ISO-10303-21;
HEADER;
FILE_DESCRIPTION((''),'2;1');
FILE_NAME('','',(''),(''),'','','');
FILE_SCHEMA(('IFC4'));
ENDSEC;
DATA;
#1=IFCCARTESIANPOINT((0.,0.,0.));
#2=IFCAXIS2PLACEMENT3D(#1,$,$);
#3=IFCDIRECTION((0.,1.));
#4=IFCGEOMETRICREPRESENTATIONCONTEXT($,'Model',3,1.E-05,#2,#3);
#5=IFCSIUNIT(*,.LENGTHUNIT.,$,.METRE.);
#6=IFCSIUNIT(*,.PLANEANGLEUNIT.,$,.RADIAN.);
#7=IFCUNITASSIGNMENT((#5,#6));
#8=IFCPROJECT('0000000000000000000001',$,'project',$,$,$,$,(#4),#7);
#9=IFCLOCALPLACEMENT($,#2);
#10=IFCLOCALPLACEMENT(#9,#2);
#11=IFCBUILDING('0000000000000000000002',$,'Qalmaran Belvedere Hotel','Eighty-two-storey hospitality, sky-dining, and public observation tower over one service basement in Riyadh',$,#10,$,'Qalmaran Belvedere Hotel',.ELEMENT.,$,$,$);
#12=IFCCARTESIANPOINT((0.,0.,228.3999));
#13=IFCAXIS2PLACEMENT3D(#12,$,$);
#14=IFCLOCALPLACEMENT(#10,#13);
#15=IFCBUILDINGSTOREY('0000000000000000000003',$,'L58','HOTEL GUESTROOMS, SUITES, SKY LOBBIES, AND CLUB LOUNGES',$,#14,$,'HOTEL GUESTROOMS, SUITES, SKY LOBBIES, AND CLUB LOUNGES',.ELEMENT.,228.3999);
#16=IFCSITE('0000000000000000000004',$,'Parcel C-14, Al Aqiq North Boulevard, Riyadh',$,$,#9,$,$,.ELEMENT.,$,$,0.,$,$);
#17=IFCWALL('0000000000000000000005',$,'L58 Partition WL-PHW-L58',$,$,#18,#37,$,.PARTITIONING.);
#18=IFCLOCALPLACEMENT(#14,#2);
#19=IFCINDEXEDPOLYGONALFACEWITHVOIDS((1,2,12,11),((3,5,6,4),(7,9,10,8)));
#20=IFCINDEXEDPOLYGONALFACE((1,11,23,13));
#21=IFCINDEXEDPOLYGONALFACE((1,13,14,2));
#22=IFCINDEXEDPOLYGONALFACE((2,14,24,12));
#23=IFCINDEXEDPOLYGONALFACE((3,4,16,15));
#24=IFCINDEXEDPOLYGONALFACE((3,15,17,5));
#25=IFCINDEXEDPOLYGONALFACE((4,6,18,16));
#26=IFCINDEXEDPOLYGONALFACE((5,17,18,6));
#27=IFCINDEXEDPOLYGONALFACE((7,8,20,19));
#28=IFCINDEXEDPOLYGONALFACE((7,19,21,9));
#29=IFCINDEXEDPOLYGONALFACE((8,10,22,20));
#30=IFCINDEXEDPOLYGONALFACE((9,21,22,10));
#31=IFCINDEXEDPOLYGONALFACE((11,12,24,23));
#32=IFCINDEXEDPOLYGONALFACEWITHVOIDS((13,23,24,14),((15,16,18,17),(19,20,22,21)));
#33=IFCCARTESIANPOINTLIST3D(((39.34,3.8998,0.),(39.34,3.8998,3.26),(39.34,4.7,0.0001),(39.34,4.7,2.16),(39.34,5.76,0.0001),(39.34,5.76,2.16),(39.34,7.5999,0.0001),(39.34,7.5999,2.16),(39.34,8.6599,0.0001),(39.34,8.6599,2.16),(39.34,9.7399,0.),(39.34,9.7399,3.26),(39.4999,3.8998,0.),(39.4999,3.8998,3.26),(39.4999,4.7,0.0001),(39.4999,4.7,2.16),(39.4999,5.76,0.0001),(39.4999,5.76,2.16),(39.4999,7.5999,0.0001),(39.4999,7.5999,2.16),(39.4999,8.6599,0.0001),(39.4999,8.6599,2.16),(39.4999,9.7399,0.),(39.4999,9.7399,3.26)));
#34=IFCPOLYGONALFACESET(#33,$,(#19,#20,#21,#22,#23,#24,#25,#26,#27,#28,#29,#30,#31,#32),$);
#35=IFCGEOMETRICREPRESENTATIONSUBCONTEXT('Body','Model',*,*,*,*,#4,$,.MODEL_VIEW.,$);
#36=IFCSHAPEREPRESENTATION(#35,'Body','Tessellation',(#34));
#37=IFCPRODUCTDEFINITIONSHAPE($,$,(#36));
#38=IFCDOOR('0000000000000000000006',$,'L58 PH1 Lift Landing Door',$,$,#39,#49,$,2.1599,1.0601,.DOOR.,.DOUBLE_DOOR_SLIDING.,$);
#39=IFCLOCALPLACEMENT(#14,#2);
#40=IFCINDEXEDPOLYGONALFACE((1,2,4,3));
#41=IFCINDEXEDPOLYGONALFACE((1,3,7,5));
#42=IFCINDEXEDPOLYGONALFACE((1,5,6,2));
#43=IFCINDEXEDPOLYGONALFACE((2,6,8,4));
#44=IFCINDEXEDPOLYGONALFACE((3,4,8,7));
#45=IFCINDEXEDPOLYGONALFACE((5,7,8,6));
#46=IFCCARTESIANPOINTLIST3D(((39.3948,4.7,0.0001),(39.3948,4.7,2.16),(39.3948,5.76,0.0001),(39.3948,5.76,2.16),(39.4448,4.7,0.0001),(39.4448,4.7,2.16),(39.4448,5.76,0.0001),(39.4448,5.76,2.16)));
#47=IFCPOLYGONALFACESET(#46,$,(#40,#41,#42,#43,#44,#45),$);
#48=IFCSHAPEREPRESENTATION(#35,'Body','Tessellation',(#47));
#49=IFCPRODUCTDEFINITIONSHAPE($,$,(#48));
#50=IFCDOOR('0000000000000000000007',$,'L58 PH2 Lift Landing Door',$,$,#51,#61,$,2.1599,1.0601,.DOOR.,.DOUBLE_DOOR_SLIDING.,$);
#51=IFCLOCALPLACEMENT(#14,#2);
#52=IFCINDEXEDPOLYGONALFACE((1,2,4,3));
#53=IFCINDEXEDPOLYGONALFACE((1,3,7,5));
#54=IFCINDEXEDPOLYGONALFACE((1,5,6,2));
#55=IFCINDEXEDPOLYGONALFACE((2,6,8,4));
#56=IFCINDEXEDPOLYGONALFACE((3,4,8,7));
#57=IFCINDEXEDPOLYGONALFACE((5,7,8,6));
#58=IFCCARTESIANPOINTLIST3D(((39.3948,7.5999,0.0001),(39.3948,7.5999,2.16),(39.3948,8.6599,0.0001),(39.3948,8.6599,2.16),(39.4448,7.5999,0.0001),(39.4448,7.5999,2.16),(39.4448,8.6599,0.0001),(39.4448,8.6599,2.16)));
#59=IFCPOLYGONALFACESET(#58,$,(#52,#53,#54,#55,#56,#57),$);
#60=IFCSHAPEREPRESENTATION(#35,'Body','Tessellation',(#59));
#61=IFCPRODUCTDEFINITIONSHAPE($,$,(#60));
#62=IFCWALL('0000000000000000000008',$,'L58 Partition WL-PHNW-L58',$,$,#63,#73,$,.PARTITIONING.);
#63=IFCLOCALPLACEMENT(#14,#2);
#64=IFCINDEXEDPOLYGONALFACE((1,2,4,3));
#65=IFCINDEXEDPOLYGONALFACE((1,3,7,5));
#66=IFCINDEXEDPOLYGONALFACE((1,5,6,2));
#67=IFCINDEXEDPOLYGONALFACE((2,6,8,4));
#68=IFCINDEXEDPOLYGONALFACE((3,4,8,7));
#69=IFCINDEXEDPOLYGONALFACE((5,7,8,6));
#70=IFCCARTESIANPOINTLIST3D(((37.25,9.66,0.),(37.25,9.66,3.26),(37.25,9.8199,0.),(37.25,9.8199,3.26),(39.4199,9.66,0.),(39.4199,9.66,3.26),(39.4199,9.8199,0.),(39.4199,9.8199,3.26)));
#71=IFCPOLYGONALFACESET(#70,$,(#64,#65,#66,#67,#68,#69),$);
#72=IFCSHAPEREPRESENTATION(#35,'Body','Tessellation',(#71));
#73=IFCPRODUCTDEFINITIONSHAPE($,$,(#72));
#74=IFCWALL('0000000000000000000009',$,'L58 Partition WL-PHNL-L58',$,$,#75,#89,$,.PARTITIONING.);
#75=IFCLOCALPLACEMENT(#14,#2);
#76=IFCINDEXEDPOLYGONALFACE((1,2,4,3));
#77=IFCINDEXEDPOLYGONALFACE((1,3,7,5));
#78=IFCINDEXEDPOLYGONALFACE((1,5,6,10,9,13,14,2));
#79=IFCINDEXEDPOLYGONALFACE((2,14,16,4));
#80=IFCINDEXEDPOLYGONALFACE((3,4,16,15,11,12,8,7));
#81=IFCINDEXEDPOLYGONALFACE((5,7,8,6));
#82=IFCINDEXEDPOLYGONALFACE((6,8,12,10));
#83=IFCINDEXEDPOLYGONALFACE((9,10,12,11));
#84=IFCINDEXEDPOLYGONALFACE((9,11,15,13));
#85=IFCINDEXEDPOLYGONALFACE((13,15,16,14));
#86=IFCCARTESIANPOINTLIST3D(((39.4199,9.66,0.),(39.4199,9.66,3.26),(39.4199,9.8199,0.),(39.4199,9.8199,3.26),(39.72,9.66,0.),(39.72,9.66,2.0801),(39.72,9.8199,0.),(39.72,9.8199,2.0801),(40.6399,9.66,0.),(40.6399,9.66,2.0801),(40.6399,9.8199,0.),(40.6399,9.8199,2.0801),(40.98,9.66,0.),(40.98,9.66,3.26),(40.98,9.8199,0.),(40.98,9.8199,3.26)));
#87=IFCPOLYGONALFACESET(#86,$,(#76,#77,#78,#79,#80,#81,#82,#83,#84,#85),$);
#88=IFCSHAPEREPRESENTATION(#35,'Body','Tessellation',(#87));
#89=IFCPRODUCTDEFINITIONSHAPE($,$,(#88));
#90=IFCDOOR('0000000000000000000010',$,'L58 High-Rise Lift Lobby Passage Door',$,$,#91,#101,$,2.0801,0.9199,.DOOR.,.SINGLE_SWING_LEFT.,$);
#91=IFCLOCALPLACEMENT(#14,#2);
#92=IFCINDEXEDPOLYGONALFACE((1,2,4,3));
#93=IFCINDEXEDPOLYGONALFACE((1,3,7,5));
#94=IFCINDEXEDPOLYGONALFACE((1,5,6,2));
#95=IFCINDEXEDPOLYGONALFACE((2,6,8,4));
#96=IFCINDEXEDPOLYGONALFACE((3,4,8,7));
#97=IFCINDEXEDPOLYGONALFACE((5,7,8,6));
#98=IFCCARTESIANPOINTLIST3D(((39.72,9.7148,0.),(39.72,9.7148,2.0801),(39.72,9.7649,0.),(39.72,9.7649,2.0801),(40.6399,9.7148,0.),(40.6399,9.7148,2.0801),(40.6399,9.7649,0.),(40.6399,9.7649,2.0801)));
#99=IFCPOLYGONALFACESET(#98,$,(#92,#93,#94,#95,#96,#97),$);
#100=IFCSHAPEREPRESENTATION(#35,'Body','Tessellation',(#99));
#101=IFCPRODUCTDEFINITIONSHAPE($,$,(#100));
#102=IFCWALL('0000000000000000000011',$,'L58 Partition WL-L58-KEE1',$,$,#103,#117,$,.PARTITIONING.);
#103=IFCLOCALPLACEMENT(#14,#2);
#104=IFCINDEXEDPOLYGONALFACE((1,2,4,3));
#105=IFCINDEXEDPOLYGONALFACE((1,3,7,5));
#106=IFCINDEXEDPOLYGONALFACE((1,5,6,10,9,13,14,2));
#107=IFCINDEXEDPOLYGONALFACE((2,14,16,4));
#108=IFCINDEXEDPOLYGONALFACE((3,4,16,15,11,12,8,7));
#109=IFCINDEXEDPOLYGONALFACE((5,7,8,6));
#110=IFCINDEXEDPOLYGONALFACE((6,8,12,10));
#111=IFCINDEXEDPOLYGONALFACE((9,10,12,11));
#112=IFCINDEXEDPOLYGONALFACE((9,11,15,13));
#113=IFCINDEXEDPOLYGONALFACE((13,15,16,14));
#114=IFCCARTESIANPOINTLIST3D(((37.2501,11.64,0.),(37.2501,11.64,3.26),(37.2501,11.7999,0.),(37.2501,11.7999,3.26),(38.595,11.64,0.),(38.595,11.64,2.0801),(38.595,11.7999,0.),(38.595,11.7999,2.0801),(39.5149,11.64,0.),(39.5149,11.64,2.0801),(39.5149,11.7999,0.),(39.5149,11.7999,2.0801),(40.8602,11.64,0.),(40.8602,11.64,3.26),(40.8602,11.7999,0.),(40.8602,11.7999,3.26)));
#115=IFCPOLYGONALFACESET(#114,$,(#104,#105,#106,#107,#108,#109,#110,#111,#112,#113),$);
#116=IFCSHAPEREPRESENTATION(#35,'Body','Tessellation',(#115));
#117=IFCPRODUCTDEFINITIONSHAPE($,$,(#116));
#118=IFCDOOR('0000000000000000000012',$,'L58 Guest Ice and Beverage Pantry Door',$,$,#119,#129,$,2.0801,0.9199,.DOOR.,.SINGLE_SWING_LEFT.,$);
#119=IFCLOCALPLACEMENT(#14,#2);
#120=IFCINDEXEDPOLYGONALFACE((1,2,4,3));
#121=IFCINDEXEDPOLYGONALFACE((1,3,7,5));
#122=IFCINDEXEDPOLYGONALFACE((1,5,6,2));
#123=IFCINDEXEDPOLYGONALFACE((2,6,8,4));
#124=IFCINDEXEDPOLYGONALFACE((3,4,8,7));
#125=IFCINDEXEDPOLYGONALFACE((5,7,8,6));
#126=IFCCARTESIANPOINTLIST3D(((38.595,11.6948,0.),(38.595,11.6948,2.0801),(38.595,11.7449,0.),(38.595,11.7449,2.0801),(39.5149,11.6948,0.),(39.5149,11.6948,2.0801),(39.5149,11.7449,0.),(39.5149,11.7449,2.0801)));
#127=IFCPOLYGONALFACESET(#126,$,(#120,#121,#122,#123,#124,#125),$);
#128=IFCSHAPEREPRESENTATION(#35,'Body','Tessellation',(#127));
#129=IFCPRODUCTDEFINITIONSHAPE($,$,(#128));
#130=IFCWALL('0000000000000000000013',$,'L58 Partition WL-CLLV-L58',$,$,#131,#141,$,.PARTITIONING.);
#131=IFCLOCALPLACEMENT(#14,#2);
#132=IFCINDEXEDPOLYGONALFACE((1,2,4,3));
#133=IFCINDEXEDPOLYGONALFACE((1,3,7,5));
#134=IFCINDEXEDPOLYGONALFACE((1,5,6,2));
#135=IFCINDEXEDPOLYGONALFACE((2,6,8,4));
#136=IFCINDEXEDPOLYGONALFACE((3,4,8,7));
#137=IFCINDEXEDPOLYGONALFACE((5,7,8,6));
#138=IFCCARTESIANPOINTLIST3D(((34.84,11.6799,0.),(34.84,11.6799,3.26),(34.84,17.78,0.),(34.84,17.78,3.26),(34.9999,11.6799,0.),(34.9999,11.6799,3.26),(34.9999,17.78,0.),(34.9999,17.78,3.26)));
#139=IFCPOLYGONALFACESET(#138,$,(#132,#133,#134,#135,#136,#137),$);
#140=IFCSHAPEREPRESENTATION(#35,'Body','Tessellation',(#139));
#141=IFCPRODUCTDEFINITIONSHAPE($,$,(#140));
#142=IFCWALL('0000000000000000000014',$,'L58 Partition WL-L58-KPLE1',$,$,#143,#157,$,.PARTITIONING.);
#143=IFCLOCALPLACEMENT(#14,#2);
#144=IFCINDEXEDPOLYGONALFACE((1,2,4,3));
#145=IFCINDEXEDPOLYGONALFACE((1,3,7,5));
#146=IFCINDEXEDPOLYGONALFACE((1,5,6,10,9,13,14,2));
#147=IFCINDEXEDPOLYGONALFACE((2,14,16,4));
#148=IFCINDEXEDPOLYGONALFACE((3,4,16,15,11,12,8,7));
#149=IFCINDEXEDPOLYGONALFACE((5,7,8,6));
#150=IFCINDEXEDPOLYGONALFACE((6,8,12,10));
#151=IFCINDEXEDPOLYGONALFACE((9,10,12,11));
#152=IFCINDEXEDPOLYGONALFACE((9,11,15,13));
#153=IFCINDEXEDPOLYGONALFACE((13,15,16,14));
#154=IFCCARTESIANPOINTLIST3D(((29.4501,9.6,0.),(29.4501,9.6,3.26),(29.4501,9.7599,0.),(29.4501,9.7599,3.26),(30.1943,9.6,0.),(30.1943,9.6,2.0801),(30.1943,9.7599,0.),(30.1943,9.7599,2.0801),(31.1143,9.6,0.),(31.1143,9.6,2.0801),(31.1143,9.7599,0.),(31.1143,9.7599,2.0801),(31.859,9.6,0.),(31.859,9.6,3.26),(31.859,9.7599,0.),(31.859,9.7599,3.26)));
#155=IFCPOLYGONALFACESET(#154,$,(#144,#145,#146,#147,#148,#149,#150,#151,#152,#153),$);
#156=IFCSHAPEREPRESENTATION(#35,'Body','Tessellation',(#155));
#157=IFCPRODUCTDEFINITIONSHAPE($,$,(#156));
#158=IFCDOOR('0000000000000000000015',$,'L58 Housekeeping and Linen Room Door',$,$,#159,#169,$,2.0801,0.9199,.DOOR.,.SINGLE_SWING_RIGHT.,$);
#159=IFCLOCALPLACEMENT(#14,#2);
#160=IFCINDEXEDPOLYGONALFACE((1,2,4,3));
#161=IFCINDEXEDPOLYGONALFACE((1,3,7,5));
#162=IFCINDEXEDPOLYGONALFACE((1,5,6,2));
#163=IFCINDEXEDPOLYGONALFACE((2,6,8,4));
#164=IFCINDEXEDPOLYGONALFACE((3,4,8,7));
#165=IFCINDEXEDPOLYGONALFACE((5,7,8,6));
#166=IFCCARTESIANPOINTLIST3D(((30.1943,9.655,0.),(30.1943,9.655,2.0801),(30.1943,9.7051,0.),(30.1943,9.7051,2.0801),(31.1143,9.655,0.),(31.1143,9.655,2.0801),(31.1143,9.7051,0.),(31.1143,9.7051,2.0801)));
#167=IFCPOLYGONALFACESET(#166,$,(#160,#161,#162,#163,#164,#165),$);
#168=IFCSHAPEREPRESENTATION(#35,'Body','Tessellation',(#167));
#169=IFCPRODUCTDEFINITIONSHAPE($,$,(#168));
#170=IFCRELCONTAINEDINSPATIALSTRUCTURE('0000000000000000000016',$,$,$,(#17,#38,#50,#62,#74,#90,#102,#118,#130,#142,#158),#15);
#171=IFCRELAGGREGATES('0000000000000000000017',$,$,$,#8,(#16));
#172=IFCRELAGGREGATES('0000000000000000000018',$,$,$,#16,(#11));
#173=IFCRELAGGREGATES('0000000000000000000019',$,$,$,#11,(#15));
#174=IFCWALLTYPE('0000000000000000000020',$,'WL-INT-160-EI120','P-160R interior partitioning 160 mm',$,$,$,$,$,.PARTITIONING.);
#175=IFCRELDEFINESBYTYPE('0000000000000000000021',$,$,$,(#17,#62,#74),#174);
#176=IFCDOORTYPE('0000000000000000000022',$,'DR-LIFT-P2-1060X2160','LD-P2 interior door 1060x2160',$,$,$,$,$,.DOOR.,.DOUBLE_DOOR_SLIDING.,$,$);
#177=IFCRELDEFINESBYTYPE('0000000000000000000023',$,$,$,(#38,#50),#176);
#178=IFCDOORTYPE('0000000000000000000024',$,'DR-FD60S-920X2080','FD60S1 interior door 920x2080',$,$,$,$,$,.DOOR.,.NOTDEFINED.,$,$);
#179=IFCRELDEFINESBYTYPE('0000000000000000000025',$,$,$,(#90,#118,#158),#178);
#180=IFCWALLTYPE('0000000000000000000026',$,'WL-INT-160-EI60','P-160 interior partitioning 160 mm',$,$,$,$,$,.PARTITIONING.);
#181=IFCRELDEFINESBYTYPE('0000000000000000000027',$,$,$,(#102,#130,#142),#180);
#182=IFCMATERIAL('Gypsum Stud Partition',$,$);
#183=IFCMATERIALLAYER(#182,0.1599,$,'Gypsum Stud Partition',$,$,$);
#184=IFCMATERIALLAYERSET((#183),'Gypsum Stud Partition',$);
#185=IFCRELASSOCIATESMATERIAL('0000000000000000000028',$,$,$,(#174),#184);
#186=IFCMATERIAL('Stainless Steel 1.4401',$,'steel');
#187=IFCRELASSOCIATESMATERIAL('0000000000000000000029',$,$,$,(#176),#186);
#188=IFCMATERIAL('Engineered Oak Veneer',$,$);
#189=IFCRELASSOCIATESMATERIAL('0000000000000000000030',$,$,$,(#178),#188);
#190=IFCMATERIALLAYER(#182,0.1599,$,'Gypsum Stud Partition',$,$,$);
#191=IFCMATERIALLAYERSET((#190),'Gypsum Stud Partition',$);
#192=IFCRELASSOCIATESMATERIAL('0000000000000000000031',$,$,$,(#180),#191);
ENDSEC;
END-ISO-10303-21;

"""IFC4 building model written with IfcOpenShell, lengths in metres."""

from ifc_helpers import new_model, si_unit, direction, frame, frame_2d, origin, place, context, subcontext, project, spatial, rectangle, extrude, material, layer, layer_set, type_object, element, fill, save


model = new_model("IFC4")

# Units and contexts
model_context = context("Model", 3, precision=1e-05, world=origin(), true_north=direction((0.0, 1.0)))
body_context = subcontext(model_context, "Body", "Model", "MODEL_VIEW")
ifc_project = project(units=[si_unit("LENGTHUNIT", "METRE"), si_unit("PLANEANGLEUNIT", "RADIAN")], contexts=[model_context])

# Site, building, storey
site_placement = place(None, origin())
site = spatial("IfcSite", under=ifc_project, at=site_placement, Name="Parcel C-14, Al Aqiq North Boulevard, Riyadh", CompositionType="ELEMENT", RefElevation=0.0)
building_placement = place(site_placement, origin())
building = spatial("IfcBuilding", under=site, at=building_placement, Name="Qalmaran Belvedere Hotel", Description="Eighty-two-storey hospitality, sky-dining, and public observation tower over one service basement in Riyadh", LongName="Qalmaran Belvedere Hotel", CompositionType="ELEMENT")
storey_placement = place(building_placement, frame((0.0, 0.0, 228.3999)))
storey = spatial("IfcBuildingStorey", under=building, at=storey_placement, Name="L58", Description="HOTEL GUESTROOMS, SUITES, SKY LOBBIES, AND CLUB LOUNGES", LongName="HOTEL GUESTROOMS, SUITES, SKY LOBBIES, AND CLUB LOUNGES", CompositionType="ELEMENT", Elevation=228.3999)

# Shared definitions
ifc_material_1 = material(Name="Gypsum Stud Partition")

# Wall, openings, doors
ifc_layer_1 = layer(ifc_material_1, 0.1599, Name="Gypsum Stud Partition")
ifc_layer_set_1 = layer_set([ifc_layer_1], Name="Gypsum Stud Partition")
wall_type_1 = type_object("IfcWallType", Name="WL-INT-160-EI120", Description="P-160R interior partitioning 160 mm", PredefinedType="PARTITIONING", material=ifc_layer_set_1)
wall_1_placement = place(storey_placement, frame((39.4199, 3.8999, 0.0), z_axis=(0.0, 0.0, 1.0), x_axis=(0.0, 1.0, 0.0)))
wall_1 = element("IfcWall", 1, at=wall_1_placement, inside=storey, type_object=wall_type_1, Name="L58 Partition WL-PHW-L58", PredefinedType="PARTITIONING", context=body_context, shape_type="SweptSolid", body=[
    extrude(rectangle(XDim=5.8401, YDim=0.1599, at=frame_2d((2.9199, 0.0))), origin(), (0.0, 0.0, 1.0), 3.26),
])
opening_1_placement = place(wall_1_placement, frame((1.8601, 0.0, 0.0), z_axis=(0.0, 0.0, 1.0), x_axis=(-1.0, 0.0, 0.0)))
opening_1 = element("IfcOpeningElement", 2, at=opening_1_placement, cuts=wall_1, PredefinedType="OPENING", context=body_context, shape_type="SweptSolid", body=[
    extrude(rectangle(XDim=1.0601, YDim=2.1599, at=frame_2d((0.53, 1.0801))), frame((0.0, 0.0898, 0.0), z_axis=(0.0, -1.0, 0.0), x_axis=(1.0, 0.0, 0.0)), (0.0, 0.0, 1.0), 0.1799),
])
opening_2_placement = place(wall_1_placement, frame((4.76, 0.0, 0.0), z_axis=(0.0, 0.0, 1.0), x_axis=(-1.0, 0.0, 0.0)))
opening_2 = element("IfcOpeningElement", 3, at=opening_2_placement, cuts=wall_1, PredefinedType="OPENING", context=body_context, shape_type="SweptSolid", body=[
    extrude(rectangle(XDim=1.0601, YDim=2.1599, at=frame_2d((0.53, 1.0801))), frame((0.0, 0.0898, 0.0), z_axis=(0.0, -1.0, 0.0), x_axis=(1.0, 0.0, 0.0)), (0.0, 0.0, 1.0), 0.1799),
])
ifc_material_2 = material(Name="Stainless Steel 1.4401", Category="steel")
door_type_1 = type_object("IfcDoorType", Name="DR-LIFT-P2-1060X2160", Description="LD-P2 interior door 1060x2160", OperationType="DOUBLE_DOOR_SLIDING", PredefinedType="DOOR", material=ifc_material_2)
door_1_placement = place(opening_1_placement, origin())
door_1 = element("IfcDoor", 4, at=door_1_placement, inside=storey, type_object=door_type_1, Name="L58 PH1 Lift Landing Door", OperationType="DOUBLE_DOOR_SLIDING", OverallHeight=2.1599, OverallWidth=1.0601, PredefinedType="DOOR", context=body_context, shape_type="SweptSolid", body=[
    extrude(rectangle(XDim=1.0601, YDim=2.1599, at=frame_2d((0.53, 1.0801))), frame((0.0, 0.0249, 0.0), z_axis=(0.0, -1.0, 0.0), x_axis=(1.0, 0.0, 0.0)), (0.0, 0.0, 1.0), 0.05),
])
fill(opening_1, door_1)
door_2_placement = place(opening_2_placement, origin())
door_2 = element("IfcDoor", 5, at=door_2_placement, inside=storey, type_object=door_type_1, Name="L58 PH2 Lift Landing Door", OperationType="DOUBLE_DOOR_SLIDING", OverallHeight=2.1599, OverallWidth=1.0601, PredefinedType="DOOR", context=body_context, shape_type="SweptSolid", body=[
    extrude(rectangle(XDim=1.0601, YDim=2.1599, at=frame_2d((0.53, 1.0801))), frame((0.0, 0.0249, 0.0), z_axis=(0.0, -1.0, 0.0), x_axis=(1.0, 0.0, 0.0)), (0.0, 0.0, 1.0), 0.05),
])
fill(opening_2, door_2)

# Wall
wall_2_placement = place(storey_placement, frame((37.25, 9.74, 0.0), z_axis=(0.0, 0.0, 1.0), x_axis=(1.0, 0.0, 0.0)))
element("IfcWall", 6, at=wall_2_placement, inside=storey, type_object=wall_type_1, Name="L58 Partition WL-PHNW-L58", PredefinedType="PARTITIONING", context=body_context, shape_type="SweptSolid", body=[
    extrude(rectangle(XDim=2.1699, YDim=0.1599, at=frame_2d((1.085, 0.0))), origin(), (0.0, 0.0, 1.0), 3.26),
])

# Walls, openings, doors
wall_3_placement = place(storey_placement, frame((39.4199, 9.74, 0.0), z_axis=(0.0, 0.0, 1.0), x_axis=(1.0, 0.0, 0.0)))
wall_3 = element("IfcWall", 7, at=wall_3_placement, inside=storey, type_object=wall_type_1, Name="L58 Partition WL-PHNL-L58", PredefinedType="PARTITIONING", context=body_context, shape_type="SweptSolid", body=[
    extrude(rectangle(XDim=1.5601, YDim=0.1599, at=frame_2d((0.78, 0.0))), origin(), (0.0, 0.0, 1.0), 3.26),
])
opening_3_placement = place(wall_3_placement, frame((0.3, 0.0, 0.0)))
opening_3 = element("IfcOpeningElement", 8, at=opening_3_placement, cuts=wall_3, PredefinedType="OPENING", context=body_context, shape_type="SweptSolid", body=[
    extrude(rectangle(XDim=0.9199, YDim=2.0801, at=frame_2d((0.46, 1.04))), frame((0.0, 0.0898, 0.0), z_axis=(0.0, -1.0, 0.0), x_axis=(1.0, 0.0, 0.0)), (0.0, 0.0, 1.0), 0.1799),
])
ifc_material_3 = material(Name="Engineered Oak Veneer")
door_type_2 = type_object("IfcDoorType", Name="DR-FD60S-920X2080", Description="FD60S1 interior door 920x2080", OperationType="NOTDEFINED", PredefinedType="DOOR", material=ifc_material_3)
door_3_placement = place(opening_3_placement, origin())
door_3 = element("IfcDoor", 9, at=door_3_placement, inside=storey, type_object=door_type_2, Name="L58 High-Rise Lift Lobby Passage Door", OperationType="SINGLE_SWING_LEFT", OverallHeight=2.0801, OverallWidth=0.9199, PredefinedType="DOOR", context=body_context, shape_type="SweptSolid", body=[
    extrude(rectangle(XDim=0.9199, YDim=2.0801, at=frame_2d((0.46, 1.04))), frame((0.0, 0.0249, 0.0), z_axis=(0.0, -1.0, 0.0), x_axis=(1.0, 0.0, 0.0)), (0.0, 0.0, 1.0), 0.05),
])
fill(opening_3, door_3)
ifc_layer_2 = layer(ifc_material_1, 0.1599, Name="Gypsum Stud Partition")
ifc_layer_set_2 = layer_set([ifc_layer_2], Name="Gypsum Stud Partition")
wall_type_2 = type_object("IfcWallType", Name="WL-INT-160-EI60", Description="P-160 interior partitioning 160 mm", PredefinedType="PARTITIONING", material=ifc_layer_set_2)
wall_4_placement = place(storey_placement, frame((37.25, 11.72, 0.0), z_axis=(0.0, 0.0, 1.0), x_axis=(1.0, 0.0, 0.0)))
wall_4 = element("IfcWall", 10, at=wall_4_placement, inside=storey, type_object=wall_type_2, Name="L58 Partition WL-L58-KEE1", PredefinedType="PARTITIONING", context=body_context, shape_type="SweptSolid", body=[
    extrude(rectangle(XDim=3.6101, YDim=0.1599, at=frame_2d((1.8052, 0.0))), origin(), (0.0, 0.0, 1.0), 3.26),
])
opening_4_placement = place(wall_4_placement, frame((1.345, 0.0, 0.0)))
opening_4 = element("IfcOpeningElement", 11, at=opening_4_placement, cuts=wall_4, PredefinedType="OPENING", context=body_context, shape_type="SweptSolid", body=[
    extrude(rectangle(XDim=0.9199, YDim=2.0801, at=frame_2d((0.46, 1.04))), frame((0.0, 0.0898, 0.0), z_axis=(0.0, -1.0, 0.0), x_axis=(1.0, 0.0, 0.0)), (0.0, 0.0, 1.0), 0.1799),
])
door_4_placement = place(opening_4_placement, origin())
door_4 = element("IfcDoor", 12, at=door_4_placement, inside=storey, type_object=door_type_2, Name="L58 Guest Ice and Beverage Pantry Door", OperationType="SINGLE_SWING_LEFT", OverallHeight=2.0801, OverallWidth=0.9199, PredefinedType="DOOR", context=body_context, shape_type="SweptSolid", body=[
    extrude(rectangle(XDim=0.9199, YDim=2.0801, at=frame_2d((0.46, 1.04))), frame((0.0, 0.0249, 0.0), z_axis=(0.0, -1.0, 0.0), x_axis=(1.0, 0.0, 0.0)), (0.0, 0.0, 1.0), 0.05),
])
fill(opening_4, door_4)

# Wall
wall_5_placement = place(storey_placement, frame((34.9199, 11.6799, 0.0), z_axis=(0.0, 0.0, 1.0), x_axis=(0.0, 1.0, 0.0)))
element("IfcWall", 13, at=wall_5_placement, inside=storey, type_object=wall_type_2, Name="L58 Partition WL-CLLV-L58", PredefinedType="PARTITIONING", context=body_context, shape_type="SweptSolid", body=[
    extrude(rectangle(XDim=6.1001, YDim=0.1599, at=frame_2d((3.05, 0.0))), origin(), (0.0, 0.0, 1.0), 3.26),
])

# Wall, opening, door
wall_6_placement = place(storey_placement, frame((29.45, 9.6799, 0.0), z_axis=(0.0, 0.0, 1.0), x_axis=(1.0, 0.0, 0.0)))
wall_6 = element("IfcWall", 14, at=wall_6_placement, inside=storey, type_object=wall_type_2, Name="L58 Partition WL-L58-KPLE1", PredefinedType="PARTITIONING", context=body_context, shape_type="SweptSolid", body=[
    extrude(rectangle(XDim=2.4089, YDim=0.1599, at=frame_2d((1.2046, 0.0))), origin(), (0.0, 0.0, 1.0), 3.26),
])
opening_5_placement = place(wall_6_placement, frame((1.6643, 0.0, 0.0), z_axis=(0.0, 0.0, 1.0), x_axis=(-1.0, 0.0, 0.0)))
opening_5 = element("IfcOpeningElement", 15, at=opening_5_placement, cuts=wall_6, PredefinedType="OPENING", context=body_context, shape_type="SweptSolid", body=[
    extrude(rectangle(XDim=0.9199, YDim=2.0801, at=frame_2d((0.46, 1.04))), frame((0.0, 0.0898, 0.0), z_axis=(0.0, -1.0, 0.0), x_axis=(1.0, 0.0, 0.0)), (0.0, 0.0, 1.0), 0.1799),
])
door_5_placement = place(opening_5_placement, origin())
door_5 = element("IfcDoor", 16, at=door_5_placement, inside=storey, type_object=door_type_2, Name="L58 Housekeeping and Linen Room Door", OperationType="SINGLE_SWING_RIGHT", OverallHeight=2.0801, OverallWidth=0.9199, PredefinedType="DOOR", context=body_context, shape_type="SweptSolid", body=[
    extrude(rectangle(XDim=0.9199, YDim=2.0801, at=frame_2d((0.46, 1.04))), frame((0.0, 0.0249, 0.0), z_axis=(0.0, -1.0, 0.0), x_axis=(1.0, 0.0, 0.0)), (0.0, 0.0, 1.0), 0.05),
])
fill(opening_5, door_5)

save(model, "model.ifc")
